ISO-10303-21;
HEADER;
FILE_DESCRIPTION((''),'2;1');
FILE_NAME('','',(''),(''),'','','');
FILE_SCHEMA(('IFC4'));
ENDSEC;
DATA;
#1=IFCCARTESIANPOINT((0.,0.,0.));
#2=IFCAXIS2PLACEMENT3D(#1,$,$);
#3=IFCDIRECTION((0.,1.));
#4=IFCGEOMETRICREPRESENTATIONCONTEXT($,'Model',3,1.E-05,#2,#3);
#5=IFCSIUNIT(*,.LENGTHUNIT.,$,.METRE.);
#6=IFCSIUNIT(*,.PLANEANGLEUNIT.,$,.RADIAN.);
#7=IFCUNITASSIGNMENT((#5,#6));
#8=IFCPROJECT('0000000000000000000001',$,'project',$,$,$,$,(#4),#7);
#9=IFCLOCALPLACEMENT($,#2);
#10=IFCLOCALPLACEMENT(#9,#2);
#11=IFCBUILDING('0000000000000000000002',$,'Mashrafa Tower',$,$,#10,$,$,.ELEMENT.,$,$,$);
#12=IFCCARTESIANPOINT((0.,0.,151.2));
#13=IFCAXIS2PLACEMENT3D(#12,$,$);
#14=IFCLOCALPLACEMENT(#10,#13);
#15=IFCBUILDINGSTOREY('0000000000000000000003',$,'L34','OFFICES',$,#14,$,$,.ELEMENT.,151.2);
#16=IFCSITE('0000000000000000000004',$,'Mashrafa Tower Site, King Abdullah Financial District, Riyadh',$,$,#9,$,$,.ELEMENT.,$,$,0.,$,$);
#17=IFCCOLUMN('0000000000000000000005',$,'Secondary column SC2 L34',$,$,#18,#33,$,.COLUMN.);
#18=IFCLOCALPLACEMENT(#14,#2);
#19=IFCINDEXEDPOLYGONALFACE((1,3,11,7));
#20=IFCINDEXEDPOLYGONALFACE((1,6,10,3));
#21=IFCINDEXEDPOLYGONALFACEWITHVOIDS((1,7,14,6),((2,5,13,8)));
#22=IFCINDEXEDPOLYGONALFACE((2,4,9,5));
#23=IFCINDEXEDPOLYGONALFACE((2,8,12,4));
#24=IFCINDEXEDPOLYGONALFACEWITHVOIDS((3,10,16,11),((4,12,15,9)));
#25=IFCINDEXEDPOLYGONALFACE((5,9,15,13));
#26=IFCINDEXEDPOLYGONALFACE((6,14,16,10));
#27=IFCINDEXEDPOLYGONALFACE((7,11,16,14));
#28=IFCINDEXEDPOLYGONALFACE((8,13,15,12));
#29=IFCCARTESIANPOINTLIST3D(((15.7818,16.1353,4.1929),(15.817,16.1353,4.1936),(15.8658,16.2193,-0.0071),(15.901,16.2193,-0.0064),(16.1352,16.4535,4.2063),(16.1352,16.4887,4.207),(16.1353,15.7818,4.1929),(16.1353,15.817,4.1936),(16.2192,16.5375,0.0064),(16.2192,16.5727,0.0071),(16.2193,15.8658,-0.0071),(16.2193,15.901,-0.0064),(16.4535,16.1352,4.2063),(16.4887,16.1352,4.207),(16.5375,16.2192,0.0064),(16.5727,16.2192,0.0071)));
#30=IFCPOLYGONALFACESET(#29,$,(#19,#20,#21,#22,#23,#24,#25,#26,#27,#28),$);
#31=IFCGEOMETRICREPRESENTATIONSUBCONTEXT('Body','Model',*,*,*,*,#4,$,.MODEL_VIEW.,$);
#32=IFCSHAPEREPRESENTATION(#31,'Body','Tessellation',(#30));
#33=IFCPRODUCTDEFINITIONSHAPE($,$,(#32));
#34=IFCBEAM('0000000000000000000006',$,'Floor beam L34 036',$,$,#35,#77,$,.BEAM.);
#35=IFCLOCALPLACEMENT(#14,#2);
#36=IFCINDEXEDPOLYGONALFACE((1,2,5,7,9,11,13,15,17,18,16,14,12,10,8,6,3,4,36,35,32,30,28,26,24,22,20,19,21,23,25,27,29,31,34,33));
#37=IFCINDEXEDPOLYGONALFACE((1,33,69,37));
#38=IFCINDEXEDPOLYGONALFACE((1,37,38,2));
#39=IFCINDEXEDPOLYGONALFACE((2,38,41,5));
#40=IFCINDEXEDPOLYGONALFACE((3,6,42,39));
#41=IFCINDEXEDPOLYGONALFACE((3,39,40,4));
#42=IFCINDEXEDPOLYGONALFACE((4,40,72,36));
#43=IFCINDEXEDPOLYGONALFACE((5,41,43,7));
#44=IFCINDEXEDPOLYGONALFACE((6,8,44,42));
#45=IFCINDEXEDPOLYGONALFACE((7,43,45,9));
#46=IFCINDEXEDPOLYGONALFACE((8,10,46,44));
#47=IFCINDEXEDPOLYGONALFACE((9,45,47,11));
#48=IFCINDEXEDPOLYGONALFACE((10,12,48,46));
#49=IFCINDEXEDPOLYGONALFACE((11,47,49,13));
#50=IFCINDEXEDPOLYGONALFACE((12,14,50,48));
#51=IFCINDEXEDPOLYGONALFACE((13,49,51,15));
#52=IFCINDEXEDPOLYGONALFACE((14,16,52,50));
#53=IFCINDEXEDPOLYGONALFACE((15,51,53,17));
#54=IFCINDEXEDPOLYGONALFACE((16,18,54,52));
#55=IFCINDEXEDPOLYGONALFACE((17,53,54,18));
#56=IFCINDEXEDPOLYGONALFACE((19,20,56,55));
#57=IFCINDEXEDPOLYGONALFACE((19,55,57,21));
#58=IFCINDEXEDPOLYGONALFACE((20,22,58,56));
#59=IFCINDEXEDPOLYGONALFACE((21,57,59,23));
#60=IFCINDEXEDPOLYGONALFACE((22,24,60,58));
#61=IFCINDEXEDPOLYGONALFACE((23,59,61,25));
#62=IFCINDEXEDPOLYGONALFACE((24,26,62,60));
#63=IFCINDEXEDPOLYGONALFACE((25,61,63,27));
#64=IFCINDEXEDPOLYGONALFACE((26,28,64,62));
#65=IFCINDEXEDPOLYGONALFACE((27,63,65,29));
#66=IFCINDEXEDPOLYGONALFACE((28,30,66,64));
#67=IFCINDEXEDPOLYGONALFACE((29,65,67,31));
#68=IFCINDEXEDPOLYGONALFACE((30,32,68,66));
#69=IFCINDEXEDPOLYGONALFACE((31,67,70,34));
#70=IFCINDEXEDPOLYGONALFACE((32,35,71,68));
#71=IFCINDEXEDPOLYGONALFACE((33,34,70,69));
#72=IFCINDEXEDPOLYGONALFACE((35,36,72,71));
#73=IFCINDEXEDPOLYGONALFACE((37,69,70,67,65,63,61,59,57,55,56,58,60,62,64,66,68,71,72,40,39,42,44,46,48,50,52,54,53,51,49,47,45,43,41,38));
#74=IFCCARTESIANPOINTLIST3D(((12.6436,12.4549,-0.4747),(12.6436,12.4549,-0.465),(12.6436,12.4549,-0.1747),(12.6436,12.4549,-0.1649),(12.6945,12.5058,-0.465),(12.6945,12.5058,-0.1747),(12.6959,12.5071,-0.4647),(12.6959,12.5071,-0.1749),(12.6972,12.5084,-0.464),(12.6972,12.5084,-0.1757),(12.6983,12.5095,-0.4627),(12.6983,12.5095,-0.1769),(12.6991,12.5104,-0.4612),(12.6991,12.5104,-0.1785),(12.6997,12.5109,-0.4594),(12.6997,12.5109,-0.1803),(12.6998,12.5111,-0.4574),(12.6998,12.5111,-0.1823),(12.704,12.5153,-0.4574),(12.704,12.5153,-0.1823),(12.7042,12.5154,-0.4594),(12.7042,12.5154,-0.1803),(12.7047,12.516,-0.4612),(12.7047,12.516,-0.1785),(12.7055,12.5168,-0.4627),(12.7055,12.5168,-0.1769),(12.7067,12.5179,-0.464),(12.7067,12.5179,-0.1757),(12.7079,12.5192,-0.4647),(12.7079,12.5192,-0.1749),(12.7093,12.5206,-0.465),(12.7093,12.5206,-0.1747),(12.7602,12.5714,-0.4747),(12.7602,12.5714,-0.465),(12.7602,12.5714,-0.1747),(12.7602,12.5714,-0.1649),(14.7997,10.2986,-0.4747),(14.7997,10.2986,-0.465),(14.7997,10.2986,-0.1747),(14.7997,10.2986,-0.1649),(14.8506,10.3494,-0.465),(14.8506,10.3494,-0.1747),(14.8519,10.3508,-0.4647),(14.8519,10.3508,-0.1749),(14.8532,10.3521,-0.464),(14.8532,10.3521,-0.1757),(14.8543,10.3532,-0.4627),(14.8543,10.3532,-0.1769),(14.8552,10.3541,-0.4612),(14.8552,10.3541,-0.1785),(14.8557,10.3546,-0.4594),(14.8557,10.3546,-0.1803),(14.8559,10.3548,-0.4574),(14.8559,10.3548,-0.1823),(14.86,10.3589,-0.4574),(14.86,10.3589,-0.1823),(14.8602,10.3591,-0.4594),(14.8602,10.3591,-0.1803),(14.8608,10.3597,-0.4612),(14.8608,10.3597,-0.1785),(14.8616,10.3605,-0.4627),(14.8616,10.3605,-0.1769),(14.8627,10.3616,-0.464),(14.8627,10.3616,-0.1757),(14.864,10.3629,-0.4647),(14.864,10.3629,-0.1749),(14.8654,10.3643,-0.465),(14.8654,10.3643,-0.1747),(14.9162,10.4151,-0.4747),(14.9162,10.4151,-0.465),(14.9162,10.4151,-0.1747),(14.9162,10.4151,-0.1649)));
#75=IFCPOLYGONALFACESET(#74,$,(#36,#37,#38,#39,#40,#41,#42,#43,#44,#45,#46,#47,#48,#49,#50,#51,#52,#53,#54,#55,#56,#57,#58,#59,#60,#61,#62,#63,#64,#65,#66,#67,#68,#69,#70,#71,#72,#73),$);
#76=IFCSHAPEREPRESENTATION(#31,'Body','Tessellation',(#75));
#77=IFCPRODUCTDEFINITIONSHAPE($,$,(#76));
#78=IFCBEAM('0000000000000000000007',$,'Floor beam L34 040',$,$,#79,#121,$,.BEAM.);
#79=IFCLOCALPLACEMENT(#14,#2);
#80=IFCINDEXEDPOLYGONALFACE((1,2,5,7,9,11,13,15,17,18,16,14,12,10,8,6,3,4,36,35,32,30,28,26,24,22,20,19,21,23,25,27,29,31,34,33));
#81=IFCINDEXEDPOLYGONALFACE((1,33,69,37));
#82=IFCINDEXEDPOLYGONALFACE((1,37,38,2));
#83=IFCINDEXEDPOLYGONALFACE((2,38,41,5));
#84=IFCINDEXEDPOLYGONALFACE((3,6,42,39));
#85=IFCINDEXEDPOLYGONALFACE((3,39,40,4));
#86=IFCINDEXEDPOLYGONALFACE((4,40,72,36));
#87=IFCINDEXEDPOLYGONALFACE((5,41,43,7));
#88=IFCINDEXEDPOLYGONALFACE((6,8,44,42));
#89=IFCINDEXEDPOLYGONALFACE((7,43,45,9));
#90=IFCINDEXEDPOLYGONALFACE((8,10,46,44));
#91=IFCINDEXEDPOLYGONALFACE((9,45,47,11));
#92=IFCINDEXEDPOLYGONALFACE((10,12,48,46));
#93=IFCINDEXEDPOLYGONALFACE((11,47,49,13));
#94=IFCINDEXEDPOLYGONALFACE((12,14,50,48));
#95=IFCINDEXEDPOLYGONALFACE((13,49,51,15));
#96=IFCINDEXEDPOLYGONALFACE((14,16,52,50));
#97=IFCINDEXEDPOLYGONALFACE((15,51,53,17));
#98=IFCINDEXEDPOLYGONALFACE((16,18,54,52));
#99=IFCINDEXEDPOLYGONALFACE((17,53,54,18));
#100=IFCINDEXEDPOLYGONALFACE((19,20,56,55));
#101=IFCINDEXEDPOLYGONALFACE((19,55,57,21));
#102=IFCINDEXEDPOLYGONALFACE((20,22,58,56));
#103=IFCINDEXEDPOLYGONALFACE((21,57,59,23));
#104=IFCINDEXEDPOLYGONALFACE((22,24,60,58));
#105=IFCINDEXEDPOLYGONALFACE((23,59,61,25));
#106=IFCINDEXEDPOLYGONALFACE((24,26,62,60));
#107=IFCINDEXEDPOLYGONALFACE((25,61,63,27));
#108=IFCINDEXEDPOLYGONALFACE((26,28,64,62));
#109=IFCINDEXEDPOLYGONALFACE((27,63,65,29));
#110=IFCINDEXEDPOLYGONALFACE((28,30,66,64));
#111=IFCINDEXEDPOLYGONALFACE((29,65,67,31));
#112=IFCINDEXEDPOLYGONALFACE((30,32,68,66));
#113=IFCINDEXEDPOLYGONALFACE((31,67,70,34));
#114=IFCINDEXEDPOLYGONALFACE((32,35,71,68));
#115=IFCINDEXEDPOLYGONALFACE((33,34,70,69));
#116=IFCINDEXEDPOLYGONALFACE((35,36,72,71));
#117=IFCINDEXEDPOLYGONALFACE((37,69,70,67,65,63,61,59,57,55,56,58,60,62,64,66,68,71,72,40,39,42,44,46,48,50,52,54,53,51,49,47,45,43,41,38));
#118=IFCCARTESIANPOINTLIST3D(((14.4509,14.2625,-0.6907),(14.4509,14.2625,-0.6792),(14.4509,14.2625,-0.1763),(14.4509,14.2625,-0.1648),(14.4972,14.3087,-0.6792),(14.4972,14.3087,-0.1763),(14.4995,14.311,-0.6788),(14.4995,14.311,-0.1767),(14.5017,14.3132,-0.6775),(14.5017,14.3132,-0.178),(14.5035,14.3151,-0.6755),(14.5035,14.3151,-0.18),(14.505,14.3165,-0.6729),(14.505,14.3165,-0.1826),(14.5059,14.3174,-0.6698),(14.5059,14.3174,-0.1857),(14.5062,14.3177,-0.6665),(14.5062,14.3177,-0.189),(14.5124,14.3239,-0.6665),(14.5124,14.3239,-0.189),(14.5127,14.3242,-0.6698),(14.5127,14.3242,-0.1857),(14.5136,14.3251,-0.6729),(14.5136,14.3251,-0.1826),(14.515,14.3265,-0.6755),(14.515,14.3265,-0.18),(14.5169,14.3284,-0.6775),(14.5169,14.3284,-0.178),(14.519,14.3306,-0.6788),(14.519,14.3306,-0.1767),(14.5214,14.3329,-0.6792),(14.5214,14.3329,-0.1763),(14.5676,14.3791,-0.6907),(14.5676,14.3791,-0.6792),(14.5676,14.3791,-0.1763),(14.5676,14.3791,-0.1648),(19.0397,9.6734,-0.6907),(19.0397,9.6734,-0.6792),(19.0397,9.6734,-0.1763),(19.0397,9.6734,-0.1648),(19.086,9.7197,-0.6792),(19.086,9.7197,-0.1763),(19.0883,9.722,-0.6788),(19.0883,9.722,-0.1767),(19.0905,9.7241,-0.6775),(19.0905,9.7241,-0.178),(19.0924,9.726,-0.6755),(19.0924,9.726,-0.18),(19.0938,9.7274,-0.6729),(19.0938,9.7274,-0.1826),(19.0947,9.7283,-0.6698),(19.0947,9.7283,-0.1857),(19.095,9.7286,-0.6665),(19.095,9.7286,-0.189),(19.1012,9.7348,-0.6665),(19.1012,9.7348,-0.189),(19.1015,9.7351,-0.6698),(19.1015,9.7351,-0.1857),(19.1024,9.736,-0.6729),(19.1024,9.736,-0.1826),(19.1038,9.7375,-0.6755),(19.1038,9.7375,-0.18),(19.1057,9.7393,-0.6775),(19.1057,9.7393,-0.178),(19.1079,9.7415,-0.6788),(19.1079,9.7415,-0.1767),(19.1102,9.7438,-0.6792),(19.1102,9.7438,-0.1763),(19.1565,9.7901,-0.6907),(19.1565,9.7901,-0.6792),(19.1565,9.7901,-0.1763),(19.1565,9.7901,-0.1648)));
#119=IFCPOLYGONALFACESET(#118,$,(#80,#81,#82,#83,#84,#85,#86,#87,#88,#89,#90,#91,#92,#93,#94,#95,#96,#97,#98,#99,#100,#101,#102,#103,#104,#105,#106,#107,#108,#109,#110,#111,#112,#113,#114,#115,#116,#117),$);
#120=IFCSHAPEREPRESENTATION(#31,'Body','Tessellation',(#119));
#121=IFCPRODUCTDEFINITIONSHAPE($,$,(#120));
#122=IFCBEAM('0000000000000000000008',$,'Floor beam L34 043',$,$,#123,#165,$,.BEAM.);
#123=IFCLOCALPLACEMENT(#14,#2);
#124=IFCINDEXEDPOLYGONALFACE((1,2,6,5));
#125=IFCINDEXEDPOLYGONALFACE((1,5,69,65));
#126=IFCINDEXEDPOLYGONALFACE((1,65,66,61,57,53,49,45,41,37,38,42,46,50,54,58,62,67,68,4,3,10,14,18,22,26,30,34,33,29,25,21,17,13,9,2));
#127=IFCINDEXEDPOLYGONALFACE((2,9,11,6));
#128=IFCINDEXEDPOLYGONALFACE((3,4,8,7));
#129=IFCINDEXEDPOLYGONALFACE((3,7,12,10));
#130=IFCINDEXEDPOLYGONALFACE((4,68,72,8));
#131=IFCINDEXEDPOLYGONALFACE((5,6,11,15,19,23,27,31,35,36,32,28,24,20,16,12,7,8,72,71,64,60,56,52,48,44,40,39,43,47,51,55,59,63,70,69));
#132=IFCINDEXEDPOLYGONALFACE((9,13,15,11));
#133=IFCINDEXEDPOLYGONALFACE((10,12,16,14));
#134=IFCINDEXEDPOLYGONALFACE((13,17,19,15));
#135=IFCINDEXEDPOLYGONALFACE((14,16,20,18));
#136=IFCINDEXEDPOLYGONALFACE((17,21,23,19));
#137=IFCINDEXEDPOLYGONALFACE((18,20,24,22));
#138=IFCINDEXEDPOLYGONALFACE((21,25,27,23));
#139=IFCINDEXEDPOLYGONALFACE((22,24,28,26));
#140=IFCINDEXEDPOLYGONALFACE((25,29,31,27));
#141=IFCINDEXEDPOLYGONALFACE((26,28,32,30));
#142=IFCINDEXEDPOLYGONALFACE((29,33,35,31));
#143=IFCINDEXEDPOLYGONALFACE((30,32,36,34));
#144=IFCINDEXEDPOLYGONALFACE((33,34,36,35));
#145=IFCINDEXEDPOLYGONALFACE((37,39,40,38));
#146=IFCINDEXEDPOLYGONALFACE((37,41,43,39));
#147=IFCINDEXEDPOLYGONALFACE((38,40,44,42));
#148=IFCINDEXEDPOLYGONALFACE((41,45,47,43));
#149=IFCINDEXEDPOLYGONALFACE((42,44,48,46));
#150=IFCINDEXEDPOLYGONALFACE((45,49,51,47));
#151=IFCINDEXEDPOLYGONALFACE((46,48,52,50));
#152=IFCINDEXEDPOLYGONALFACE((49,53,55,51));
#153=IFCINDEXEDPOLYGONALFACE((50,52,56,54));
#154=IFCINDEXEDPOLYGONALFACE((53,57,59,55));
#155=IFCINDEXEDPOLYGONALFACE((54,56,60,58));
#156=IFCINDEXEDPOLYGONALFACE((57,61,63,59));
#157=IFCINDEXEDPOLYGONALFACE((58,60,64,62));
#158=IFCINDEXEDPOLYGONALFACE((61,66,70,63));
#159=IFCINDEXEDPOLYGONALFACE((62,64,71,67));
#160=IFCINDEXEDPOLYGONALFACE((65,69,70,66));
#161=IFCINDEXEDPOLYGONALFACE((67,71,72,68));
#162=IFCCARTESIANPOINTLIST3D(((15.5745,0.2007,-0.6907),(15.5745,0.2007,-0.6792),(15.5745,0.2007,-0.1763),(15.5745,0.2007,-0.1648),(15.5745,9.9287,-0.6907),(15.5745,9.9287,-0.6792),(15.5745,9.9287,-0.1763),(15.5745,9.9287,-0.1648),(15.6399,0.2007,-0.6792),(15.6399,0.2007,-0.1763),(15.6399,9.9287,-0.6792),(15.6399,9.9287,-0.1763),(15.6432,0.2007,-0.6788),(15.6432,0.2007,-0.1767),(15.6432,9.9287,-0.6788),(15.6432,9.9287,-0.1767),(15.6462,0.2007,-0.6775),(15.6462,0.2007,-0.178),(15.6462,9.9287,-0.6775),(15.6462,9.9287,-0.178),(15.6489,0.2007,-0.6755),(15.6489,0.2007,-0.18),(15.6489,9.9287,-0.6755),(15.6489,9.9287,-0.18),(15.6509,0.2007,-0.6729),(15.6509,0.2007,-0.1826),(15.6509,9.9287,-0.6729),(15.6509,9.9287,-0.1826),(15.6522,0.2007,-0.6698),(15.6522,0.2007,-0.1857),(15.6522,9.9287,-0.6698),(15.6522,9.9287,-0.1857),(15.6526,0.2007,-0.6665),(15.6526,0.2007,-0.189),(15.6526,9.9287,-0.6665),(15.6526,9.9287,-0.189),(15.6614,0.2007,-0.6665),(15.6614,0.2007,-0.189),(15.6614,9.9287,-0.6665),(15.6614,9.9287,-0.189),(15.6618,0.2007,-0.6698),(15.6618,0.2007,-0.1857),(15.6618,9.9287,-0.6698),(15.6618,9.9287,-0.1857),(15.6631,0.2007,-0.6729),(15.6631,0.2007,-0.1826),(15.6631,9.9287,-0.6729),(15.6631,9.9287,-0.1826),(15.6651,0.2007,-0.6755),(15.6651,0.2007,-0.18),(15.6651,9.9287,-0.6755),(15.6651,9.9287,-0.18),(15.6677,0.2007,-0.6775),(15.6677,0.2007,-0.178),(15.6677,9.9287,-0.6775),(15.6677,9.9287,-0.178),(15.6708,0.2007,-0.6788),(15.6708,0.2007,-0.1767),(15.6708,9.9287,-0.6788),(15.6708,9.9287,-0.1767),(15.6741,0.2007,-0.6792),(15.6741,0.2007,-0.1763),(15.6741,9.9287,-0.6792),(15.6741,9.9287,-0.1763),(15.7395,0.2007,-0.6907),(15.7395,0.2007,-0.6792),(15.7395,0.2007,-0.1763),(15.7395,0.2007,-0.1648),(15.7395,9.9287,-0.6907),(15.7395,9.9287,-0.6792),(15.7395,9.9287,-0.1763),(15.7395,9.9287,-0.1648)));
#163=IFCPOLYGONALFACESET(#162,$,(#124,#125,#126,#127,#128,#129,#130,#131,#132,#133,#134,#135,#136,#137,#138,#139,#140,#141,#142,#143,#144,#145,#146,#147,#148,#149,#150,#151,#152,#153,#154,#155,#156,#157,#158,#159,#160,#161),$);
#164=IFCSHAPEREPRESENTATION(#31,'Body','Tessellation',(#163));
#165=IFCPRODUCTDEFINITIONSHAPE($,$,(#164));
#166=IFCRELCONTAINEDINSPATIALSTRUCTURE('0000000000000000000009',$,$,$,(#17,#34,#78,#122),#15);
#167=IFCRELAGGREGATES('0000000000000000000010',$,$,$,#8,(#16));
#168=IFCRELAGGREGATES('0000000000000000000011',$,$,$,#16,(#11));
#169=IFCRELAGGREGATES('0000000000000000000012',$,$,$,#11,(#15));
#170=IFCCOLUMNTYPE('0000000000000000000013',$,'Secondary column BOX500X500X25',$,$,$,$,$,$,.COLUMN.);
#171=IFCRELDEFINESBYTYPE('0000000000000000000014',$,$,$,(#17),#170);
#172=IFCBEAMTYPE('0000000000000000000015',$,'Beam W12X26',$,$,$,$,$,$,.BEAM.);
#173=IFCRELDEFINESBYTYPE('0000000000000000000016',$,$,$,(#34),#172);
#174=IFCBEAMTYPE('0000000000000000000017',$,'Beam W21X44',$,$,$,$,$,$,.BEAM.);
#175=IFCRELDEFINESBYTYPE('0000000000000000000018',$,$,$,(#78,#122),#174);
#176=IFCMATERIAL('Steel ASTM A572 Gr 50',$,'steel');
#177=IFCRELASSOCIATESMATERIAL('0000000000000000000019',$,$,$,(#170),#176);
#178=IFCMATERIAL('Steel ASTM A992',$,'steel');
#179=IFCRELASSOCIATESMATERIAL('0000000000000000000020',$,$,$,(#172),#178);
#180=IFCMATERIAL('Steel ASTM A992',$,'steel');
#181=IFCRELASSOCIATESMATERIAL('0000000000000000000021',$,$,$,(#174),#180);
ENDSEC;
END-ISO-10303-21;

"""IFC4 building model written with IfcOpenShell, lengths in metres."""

from ifc_helpers import new_model, si_unit, direction, frame, origin, origin_2d, place, context, subcontext, project, spatial, hollow_rectangle, i_section, extrude, material, material_profile, profile_set, type_object, element, save


model = new_model("IFC4")

# Units and contexts
model_context = context("Model", 3, precision=1e-05, world=origin(), true_north=direction((0.0, 1.0)))
body_context = subcontext(model_context, "Body", "Model", "MODEL_VIEW")
ifc_project = project(units=[si_unit("LENGTHUNIT", "METRE"), si_unit("PLANEANGLEUNIT", "RADIAN")], contexts=[model_context])

# Site, building, storey
site_placement = place(None, origin())
site = spatial("IfcSite", under=ifc_project, at=site_placement, Name="Mashrafa Tower Site, King Abdullah Financial District, Riyadh", CompositionType="ELEMENT", RefElevation=0.0)
building_placement = place(site_placement, origin())
building = spatial("IfcBuilding", under=site, at=building_placement, Name="Mashrafa Tower", CompositionType="ELEMENT")
storey_placement = place(building_placement, frame((0.0, 0.0, 151.2)))
storey = spatial("IfcBuildingStorey", under=building, at=storey_placement, Name="L34", Description="OFFICES", CompositionType="ELEMENT", Elevation=151.2)

# Column
ifc_material_1 = material(Name="Steel ASTM A572 Gr 50", Category="steel")
ifc_material_profile_1 = material_profile(ifc_material_1, hollow_rectangle(XDim=0.5, YDim=0.5, WallThickness=0.0249, at=origin_2d()), Name="BOX500X500X25")
ifc_profile_set_1 = profile_set([ifc_material_profile_1], Name="Steel ASTM A572 Gr 50")
column_type = type_object("IfcColumnType", Name="Secondary column BOX500X500X25", PredefinedType="COLUMN", material=ifc_profile_set_1)
column_placement = place(storey_placement, frame((16.2192, 16.2192, 0.0), z_axis=(-0.019989, -0.019989, 0.9996), x_axis=(0.707107, -0.707107, 0.0)))
element("IfcColumn", 1, at=column_placement, inside=storey, type_object=column_type, Name="Secondary column SC2 L34", PredefinedType="COLUMN", context=body_context, shape_type="SweptSolid", body=[
    extrude(hollow_rectangle(XDim=0.5, YDim=0.5, WallThickness=0.0249, at=origin_2d()), origin(), (0.0, 0.0, 1.0), 4.2017),
])

# Beams
ifc_material_2 = material(Name="Steel ASTM A992", Category="steel")
ifc_material_profile_2 = material_profile(ifc_material_2, i_section(OverallWidth=0.1648, OverallDepth=0.3098, WebThickness=0.0059, FlangeThickness=0.0098, FilletRadius=0.0076, at=origin_2d()), Name="W12X26")
ifc_profile_set_2 = profile_set([ifc_material_profile_2], Name="Steel ASTM A992")
beam_type_1 = type_object("IfcBeamType", Name="Beam W12X26", PredefinedType="BEAM", material=ifc_profile_set_2)
beam_1_placement = place(storey_placement, frame((12.7019, 12.5132, -0.3198), z_axis=(0.707067, -0.707147, 0.0), x_axis=(0.707147, 0.707067, 0.0)))
element("IfcBeam", 2, at=beam_1_placement, inside=storey, type_object=beam_type_1, Name="Floor beam L34 036", PredefinedType="BEAM", context=body_context, shape_type="SweptSolid", body=[
    extrude(i_section(OverallWidth=0.1648, OverallDepth=0.3098, WebThickness=0.0059, FlangeThickness=0.0098, FilletRadius=0.0076, at=origin_2d()), origin(), (0.0, 0.0, 1.0), 3.0493),
])
ifc_material_3 = material(Name="Steel ASTM A992", Category="steel")
ifc_material_profile_3 = material_profile(ifc_material_3, i_section(OverallWidth=0.165, OverallDepth=0.5259, WebThickness=0.0088, FlangeThickness=0.0115, FilletRadius=0.0127, at=origin_2d()), Name="W21X44")
ifc_profile_set_3 = profile_set([ifc_material_profile_3], Name="Steel ASTM A992")
beam_type_2 = type_object("IfcBeamType", Name="Beam W21X44", PredefinedType="BEAM", material=ifc_profile_set_3)
beam_2_placement = place(storey_placement, frame((14.5093, 14.3208, -0.4277), z_axis=(0.707088, -0.707126, 0.0), x_axis=(0.707126, 0.707088, 0.0)))
element("IfcBeam", 3, at=beam_2_placement, inside=storey, type_object=beam_type_2, Name="Floor beam L34 040", PredefinedType="BEAM", context=body_context, shape_type="SweptSolid", body=[
    extrude(i_section(OverallWidth=0.165, OverallDepth=0.5259, WebThickness=0.0088, FlangeThickness=0.0115, FilletRadius=0.0127, at=origin_2d()), origin(), (0.0, 0.0, 1.0), 6.4897),
])
beam_3_placement = place(storey_placement, frame((15.657, 9.9287, -0.4277), z_axis=(0.0, -1.0, 0.0), x_axis=(1.0, 0.0, 0.0)))
element("IfcBeam", 4, at=beam_3_placement, inside=storey, type_object=beam_type_2, Name="Floor beam L34 043", PredefinedType="BEAM", context=body_context, shape_type="SweptSolid", body=[
    extrude(i_section(OverallWidth=0.165, OverallDepth=0.5259, WebThickness=0.0088, FlangeThickness=0.0115, FilletRadius=0.0127, at=origin_2d()), origin(), (0.0, 0.0, 1.0), 9.728),
])

save(model, "model.ifc")
